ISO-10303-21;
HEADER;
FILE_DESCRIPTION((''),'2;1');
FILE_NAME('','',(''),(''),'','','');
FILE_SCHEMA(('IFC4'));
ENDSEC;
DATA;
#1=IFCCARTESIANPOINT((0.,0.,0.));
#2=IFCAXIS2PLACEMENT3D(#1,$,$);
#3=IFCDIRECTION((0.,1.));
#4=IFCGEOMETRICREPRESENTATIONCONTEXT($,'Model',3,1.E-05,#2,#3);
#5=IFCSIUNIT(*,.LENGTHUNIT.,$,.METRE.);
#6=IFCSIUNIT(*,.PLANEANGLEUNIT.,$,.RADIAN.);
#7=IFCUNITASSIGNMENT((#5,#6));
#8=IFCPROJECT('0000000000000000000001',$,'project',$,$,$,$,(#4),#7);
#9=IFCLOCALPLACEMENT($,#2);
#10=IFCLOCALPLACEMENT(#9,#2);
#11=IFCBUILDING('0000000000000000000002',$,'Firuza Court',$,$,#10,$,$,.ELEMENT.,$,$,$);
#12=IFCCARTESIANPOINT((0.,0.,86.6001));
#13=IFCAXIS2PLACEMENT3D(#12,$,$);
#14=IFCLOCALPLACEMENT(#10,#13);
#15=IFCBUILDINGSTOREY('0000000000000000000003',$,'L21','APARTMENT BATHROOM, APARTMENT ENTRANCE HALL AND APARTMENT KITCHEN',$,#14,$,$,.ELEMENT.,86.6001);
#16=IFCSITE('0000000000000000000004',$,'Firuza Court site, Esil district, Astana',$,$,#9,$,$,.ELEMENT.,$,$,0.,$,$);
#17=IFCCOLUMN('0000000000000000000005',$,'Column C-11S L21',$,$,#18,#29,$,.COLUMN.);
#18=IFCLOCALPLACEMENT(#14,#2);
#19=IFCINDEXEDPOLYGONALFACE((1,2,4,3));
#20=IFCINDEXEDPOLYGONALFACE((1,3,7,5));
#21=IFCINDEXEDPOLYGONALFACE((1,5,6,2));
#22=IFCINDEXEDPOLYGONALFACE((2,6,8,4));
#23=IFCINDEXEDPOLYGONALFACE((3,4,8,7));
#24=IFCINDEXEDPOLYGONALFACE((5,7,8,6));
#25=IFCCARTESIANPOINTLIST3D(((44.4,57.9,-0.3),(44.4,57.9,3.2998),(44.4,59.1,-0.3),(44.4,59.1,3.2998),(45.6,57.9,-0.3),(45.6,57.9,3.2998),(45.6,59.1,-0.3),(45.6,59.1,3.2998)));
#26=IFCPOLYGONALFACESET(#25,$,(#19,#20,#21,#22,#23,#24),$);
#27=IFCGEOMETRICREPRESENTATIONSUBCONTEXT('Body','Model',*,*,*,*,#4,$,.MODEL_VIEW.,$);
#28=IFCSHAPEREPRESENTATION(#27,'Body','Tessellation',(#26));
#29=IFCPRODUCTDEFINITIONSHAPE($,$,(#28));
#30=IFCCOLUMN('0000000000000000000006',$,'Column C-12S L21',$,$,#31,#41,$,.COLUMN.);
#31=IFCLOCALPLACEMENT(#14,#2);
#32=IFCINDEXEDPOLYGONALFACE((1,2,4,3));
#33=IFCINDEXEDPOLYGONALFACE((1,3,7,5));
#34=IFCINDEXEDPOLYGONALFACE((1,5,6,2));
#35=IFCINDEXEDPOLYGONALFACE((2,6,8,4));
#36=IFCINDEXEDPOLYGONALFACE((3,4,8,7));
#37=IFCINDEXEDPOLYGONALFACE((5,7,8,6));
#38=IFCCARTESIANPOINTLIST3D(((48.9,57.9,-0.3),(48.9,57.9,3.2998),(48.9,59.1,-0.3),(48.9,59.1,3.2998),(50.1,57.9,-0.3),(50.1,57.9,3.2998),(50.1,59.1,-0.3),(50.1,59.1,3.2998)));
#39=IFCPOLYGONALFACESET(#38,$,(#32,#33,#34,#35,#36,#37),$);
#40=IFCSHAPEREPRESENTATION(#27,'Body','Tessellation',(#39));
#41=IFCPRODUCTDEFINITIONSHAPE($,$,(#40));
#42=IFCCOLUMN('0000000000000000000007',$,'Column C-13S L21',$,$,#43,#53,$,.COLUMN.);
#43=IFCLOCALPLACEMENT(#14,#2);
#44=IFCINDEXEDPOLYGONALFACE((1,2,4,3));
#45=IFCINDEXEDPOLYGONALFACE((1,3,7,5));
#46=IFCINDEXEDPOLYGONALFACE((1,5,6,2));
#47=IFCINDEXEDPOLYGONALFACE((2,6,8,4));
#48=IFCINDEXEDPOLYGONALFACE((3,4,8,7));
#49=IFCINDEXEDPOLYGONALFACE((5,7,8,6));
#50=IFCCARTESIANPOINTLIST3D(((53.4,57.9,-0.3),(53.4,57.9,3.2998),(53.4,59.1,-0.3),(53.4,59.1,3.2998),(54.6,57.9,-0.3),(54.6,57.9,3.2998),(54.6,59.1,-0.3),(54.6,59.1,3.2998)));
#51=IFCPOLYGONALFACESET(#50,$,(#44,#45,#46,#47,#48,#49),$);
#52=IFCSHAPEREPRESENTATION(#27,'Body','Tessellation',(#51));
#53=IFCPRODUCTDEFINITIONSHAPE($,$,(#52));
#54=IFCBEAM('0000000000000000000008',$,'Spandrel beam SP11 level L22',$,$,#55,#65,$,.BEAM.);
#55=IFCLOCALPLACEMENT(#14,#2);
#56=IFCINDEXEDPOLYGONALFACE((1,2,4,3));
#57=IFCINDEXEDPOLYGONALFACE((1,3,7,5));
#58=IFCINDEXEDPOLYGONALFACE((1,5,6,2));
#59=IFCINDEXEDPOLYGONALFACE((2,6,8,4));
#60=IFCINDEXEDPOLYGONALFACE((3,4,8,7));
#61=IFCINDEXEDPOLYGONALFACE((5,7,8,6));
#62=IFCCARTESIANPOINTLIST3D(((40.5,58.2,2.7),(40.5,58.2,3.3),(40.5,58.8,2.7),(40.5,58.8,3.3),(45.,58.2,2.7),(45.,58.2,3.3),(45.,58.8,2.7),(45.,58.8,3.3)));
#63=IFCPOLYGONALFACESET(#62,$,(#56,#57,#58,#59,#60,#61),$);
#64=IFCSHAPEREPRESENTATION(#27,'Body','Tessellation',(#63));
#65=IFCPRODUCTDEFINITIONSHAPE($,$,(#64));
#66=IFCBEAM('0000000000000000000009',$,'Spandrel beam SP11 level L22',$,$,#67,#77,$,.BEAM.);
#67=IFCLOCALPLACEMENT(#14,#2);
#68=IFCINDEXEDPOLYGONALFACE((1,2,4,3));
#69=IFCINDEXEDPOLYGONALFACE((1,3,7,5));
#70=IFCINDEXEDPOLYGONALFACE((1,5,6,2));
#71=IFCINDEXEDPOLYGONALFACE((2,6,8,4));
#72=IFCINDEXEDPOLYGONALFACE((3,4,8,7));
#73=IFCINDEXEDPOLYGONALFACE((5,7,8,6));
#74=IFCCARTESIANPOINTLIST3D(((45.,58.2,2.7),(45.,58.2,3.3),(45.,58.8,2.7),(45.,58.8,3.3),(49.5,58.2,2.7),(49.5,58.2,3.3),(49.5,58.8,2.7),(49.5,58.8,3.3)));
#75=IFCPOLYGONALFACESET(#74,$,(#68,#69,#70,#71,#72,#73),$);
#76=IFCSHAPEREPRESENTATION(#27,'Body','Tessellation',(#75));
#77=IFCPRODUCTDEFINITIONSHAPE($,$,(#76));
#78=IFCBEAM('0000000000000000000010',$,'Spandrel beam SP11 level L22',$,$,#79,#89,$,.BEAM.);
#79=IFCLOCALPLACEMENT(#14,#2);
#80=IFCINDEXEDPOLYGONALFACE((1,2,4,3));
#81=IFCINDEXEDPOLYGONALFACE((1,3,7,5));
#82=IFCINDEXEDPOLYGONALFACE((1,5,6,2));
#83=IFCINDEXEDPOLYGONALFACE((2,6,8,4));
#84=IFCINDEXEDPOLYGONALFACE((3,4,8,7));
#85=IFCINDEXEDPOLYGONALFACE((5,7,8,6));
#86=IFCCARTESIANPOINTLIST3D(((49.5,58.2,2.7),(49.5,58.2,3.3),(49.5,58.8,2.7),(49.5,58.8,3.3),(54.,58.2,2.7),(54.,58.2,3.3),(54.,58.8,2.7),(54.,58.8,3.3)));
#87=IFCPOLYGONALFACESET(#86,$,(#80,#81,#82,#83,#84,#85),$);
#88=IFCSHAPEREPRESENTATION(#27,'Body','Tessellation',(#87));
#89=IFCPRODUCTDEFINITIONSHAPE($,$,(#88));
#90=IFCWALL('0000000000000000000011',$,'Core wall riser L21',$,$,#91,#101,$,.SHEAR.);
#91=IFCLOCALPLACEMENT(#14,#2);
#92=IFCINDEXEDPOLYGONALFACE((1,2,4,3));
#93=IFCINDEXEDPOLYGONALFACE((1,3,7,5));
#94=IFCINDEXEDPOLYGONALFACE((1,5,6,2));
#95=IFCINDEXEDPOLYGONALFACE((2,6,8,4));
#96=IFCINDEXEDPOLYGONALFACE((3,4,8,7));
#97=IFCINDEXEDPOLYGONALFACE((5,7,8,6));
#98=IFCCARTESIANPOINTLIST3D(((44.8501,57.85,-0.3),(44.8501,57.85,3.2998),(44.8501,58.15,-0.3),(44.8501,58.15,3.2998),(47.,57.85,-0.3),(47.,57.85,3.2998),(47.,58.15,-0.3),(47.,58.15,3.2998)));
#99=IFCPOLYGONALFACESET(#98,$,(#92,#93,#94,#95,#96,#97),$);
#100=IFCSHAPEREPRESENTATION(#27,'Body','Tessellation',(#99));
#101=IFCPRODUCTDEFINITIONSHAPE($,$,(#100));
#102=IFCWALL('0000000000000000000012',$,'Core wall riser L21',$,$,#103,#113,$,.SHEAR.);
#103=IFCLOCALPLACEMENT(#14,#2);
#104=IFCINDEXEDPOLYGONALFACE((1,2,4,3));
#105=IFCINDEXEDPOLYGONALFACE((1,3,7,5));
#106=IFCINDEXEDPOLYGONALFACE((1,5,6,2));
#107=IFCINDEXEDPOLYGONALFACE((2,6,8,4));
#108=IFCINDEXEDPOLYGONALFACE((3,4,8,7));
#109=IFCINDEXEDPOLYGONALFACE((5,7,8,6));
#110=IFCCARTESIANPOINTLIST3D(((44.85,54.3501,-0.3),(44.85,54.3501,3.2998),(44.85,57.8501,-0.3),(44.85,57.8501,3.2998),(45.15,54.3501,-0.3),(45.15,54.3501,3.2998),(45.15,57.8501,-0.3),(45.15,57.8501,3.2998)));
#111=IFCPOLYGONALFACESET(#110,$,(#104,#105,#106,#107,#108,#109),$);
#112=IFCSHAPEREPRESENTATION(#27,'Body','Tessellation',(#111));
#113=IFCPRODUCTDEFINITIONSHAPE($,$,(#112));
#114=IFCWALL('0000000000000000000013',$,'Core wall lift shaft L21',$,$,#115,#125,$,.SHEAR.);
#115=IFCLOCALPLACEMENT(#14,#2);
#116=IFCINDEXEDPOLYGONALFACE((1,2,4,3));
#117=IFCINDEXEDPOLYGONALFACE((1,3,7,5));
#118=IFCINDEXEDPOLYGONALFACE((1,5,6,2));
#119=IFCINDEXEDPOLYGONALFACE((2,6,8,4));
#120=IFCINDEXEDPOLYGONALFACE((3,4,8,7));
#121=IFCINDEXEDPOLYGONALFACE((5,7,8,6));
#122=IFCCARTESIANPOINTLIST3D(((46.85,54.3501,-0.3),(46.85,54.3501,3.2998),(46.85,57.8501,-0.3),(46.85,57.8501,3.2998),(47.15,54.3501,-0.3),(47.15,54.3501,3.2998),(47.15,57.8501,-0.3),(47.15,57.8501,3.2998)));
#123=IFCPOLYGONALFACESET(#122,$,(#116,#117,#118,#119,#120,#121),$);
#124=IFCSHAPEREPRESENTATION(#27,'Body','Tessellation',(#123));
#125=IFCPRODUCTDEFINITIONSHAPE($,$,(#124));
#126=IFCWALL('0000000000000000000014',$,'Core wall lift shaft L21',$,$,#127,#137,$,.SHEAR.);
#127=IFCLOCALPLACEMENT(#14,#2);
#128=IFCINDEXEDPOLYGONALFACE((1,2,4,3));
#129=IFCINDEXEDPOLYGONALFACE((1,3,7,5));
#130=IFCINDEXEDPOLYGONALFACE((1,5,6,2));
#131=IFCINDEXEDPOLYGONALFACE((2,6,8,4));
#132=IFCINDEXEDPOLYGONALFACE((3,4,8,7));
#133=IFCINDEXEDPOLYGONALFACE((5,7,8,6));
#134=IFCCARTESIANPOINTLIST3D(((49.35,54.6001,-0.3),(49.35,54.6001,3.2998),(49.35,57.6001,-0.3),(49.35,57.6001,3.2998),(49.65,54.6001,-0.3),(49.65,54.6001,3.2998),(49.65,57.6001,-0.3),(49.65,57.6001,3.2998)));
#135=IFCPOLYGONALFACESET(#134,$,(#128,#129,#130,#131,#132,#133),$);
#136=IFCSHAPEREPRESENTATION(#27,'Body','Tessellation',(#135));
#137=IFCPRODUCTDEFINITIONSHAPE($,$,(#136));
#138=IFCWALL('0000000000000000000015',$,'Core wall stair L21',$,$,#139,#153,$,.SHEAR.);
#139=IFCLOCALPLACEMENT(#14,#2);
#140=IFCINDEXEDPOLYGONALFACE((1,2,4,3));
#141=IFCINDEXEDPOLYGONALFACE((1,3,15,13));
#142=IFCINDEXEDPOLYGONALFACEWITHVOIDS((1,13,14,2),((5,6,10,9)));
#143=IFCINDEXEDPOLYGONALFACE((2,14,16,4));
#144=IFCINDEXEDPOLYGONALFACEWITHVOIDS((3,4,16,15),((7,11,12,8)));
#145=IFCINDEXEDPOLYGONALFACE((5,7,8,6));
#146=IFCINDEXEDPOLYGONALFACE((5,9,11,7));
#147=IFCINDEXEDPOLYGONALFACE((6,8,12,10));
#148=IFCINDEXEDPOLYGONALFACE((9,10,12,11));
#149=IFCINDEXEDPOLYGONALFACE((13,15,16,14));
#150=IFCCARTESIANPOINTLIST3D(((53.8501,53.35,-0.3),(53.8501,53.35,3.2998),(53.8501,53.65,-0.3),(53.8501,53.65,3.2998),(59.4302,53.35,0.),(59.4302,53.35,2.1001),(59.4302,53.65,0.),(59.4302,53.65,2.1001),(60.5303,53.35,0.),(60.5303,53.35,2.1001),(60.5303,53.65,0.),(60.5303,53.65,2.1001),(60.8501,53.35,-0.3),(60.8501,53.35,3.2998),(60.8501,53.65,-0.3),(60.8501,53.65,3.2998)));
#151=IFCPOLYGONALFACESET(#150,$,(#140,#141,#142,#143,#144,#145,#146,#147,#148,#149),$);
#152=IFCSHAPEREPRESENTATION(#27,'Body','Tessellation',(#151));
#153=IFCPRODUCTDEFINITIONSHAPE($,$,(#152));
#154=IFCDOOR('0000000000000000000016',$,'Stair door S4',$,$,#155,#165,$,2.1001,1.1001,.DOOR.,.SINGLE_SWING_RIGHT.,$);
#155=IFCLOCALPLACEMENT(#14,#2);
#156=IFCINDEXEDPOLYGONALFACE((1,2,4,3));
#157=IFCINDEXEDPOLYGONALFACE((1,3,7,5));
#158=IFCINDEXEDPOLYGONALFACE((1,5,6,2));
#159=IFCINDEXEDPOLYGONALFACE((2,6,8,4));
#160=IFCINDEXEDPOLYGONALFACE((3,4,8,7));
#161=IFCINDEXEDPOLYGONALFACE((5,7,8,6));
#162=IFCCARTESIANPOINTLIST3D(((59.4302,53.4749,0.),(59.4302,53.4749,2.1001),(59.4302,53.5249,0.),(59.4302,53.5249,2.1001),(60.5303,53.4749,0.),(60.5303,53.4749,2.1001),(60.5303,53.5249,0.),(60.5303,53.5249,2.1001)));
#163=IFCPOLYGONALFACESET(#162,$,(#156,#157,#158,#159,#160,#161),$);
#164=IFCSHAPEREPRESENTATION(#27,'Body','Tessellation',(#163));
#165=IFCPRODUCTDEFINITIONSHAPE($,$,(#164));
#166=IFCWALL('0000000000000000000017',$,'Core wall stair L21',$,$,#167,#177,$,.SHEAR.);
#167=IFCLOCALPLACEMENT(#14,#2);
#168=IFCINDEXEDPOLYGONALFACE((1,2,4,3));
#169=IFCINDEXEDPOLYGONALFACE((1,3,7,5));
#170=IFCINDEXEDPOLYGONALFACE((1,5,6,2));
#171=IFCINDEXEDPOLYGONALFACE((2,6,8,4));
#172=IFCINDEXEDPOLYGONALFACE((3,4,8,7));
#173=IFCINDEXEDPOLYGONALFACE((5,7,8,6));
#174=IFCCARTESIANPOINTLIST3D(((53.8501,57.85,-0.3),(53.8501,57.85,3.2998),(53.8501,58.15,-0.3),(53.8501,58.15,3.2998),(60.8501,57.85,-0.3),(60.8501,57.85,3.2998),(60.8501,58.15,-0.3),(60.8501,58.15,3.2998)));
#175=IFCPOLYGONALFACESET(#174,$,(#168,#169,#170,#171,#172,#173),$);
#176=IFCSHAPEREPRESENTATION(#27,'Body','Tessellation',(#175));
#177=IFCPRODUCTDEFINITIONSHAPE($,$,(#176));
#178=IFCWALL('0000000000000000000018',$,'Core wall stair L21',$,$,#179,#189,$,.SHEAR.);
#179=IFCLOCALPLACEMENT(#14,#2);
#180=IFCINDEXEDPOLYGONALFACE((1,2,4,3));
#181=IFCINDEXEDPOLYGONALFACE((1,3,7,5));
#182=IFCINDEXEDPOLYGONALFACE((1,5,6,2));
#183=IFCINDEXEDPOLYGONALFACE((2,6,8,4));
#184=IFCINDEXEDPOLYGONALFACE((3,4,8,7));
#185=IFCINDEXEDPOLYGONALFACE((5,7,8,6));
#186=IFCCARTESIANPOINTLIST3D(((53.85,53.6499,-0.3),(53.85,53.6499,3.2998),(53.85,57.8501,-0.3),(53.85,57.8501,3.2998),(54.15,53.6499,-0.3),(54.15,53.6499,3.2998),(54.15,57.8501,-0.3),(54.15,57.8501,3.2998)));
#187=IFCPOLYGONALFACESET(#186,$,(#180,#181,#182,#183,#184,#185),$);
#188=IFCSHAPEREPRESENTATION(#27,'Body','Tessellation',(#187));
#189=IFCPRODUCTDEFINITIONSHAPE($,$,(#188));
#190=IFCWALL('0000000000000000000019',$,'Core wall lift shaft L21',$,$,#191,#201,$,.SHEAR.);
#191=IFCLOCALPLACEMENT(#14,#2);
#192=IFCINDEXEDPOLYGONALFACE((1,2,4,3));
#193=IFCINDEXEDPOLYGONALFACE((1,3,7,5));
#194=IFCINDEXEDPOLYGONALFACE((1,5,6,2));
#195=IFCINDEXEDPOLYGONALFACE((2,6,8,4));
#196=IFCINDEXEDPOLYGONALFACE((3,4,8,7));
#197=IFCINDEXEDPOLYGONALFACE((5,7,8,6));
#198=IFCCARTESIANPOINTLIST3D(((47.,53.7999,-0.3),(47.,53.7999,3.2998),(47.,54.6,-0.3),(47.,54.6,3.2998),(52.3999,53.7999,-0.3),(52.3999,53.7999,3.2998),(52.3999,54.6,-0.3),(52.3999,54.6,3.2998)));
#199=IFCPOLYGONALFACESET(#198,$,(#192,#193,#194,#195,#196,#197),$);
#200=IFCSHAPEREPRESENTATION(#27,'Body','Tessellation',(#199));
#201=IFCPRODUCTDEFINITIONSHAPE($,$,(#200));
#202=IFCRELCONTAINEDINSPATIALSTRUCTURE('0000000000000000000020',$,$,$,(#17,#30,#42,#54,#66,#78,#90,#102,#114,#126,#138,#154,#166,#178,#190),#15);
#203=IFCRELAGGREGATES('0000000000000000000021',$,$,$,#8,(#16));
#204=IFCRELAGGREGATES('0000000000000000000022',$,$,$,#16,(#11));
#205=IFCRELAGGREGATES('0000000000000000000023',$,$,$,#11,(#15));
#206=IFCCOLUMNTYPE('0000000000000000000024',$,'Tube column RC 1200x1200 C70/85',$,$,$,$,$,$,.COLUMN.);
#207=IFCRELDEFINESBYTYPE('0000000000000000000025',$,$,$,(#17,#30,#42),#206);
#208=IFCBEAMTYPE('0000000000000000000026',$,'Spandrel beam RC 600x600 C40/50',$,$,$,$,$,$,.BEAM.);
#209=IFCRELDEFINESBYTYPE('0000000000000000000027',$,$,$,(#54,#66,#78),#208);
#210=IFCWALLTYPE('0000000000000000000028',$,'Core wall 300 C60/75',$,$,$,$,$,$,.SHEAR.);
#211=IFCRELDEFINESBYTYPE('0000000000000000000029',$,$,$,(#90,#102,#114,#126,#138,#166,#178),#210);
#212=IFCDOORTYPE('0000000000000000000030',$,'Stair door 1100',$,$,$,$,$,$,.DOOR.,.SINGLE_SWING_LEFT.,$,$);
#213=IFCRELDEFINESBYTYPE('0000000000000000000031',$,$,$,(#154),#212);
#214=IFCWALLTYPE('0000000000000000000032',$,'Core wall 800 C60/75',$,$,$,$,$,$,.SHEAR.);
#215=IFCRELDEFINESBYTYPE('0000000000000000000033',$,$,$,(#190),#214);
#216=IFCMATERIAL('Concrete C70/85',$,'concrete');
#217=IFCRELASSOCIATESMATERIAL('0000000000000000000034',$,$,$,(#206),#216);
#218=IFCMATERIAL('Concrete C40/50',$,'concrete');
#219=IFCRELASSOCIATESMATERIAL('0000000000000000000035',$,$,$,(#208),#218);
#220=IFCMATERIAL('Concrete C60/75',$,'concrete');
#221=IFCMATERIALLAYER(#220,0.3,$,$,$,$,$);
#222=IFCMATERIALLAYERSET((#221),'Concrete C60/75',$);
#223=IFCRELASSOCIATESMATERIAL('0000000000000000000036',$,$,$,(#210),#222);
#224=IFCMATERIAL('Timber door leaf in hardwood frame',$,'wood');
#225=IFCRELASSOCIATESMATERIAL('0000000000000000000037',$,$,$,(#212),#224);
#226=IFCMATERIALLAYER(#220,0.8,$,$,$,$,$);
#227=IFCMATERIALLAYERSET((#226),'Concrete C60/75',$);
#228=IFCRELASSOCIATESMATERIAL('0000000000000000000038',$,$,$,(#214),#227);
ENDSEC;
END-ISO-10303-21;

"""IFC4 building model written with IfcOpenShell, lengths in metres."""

from ifc_helpers import new_model, si_unit, direction, frame, frame_2d, origin, origin_2d, place, context, subcontext, project, spatial, rectangle, extrude, material, layer, layer_set, material_profile, profile_set, type_object, element, fill, save


model = new_model("IFC4")

# Units and contexts
model_context = context("Model", 3, precision=1e-05, world=origin(), true_north=direction((0.0, 1.0)))
body_context = subcontext(model_context, "Body", "Model", "MODEL_VIEW")
ifc_project = project(units=[si_unit("LENGTHUNIT", "METRE"), si_unit("PLANEANGLEUNIT", "RADIAN")], contexts=[model_context])

# Site, building, storey
site_placement = place(None, origin())
site = spatial("IfcSite", under=ifc_project, at=site_placement, Name="Firuza Court site, Esil district, Astana", CompositionType="ELEMENT", RefElevation=0.0)
building_placement = place(site_placement, origin())
building = spatial("IfcBuilding", under=site, at=building_placement, Name="Firuza Court", CompositionType="ELEMENT")
storey_placement = place(building_placement, frame((0.0, 0.0, 86.6001)))
storey = spatial("IfcBuildingStorey", under=building, at=storey_placement, Name="L21", Description="APARTMENT BATHROOM, APARTMENT ENTRANCE HALL AND APARTMENT KITCHEN", CompositionType="ELEMENT", Elevation=86.6001)

# Columns
ifc_material_1 = material(Name="Concrete C70/85", Category="concrete")
ifc_material_profile_1 = material_profile(ifc_material_1, rectangle(XDim=1.2, YDim=1.2, at=origin_2d()), Name="RC 1200x1200")
ifc_profile_set_1 = profile_set([ifc_material_profile_1], Name="Concrete C70/85")
column_type = type_object("IfcColumnType", Name="Tube column RC 1200x1200 C70/85", PredefinedType="COLUMN", material=ifc_profile_set_1)
for number, where, z_axis, x_axis, name in (
    (1, (45.0, 58.5, -0.3), (0.0, 0.0, 1.0), (1.0, 0.0, 0.0), "Column C-11S L21"),
    (2, (49.5, 58.5, -0.3), (0.0, 0.0, 1.0), (1.0, 0.0, 0.0), "Column C-12S L21"),
    (3, (54.0, 58.5, -0.3), (0.0, 0.0, 1.0), (1.0, 0.0, 0.0), "Column C-13S L21"),
):
    element("IfcColumn", number, at=place(storey_placement, frame(where, z_axis=z_axis, x_axis=x_axis)), inside=storey, type_object=column_type, Name=name, PredefinedType="COLUMN", context=body_context, shape_type="SweptSolid", body=[
        extrude(rectangle(XDim=1.2, YDim=1.2, at=origin_2d()), origin(), (0.0, 0.0, 1.0), 3.5999),
    ])

# Beams
ifc_material_2 = material(Name="Concrete C40/50", Category="concrete")
ifc_material_profile_2 = material_profile(ifc_material_2, rectangle(XDim=0.6001, YDim=0.6001, at=origin_2d()), Name="RC 600x600")
ifc_profile_set_2 = profile_set([ifc_material_profile_2], Name="Concrete C40/50")
beam_type = type_object("IfcBeamType", Name="Spandrel beam RC 600x600 C40/50", PredefinedType="BEAM", material=ifc_profile_set_2)
for number, where, z_axis, x_axis, name in (
    (4, (45.0, 58.5, 3.0), (-1.0, 0.0, 0.0), (0.0, -1.0, 0.0), "Spandrel beam SP11 level L22"),
    (5, (49.5, 58.5, 3.0), (-1.0, 0.0, 0.0), (0.0, -1.0, 0.0), "Spandrel beam SP11 level L22"),
    (6, (54.0, 58.5, 3.0), (-1.0, 0.0, 0.0), (0.0, -1.0, 0.0), "Spandrel beam SP11 level L22"),
):
    element("IfcBeam", number, at=place(storey_placement, frame(where, z_axis=z_axis, x_axis=x_axis)), inside=storey, type_object=beam_type, Name=name, PredefinedType="BEAM", context=body_context, shape_type="SweptSolid", body=[
        extrude(rectangle(XDim=0.6001, YDim=0.6001, at=origin_2d()), origin(), (0.0, 0.0, 1.0), 4.5),
    ])

# Walls
ifc_material_3 = material(Name="Concrete C60/75", Category="concrete")
ifc_layer_1 = layer(ifc_material_3, 0.3)
ifc_layer_set_1 = layer_set([ifc_layer_1], Name="Concrete C60/75")
wall_type_1 = type_object("IfcWallType", Name="Core wall 300 C60/75", PredefinedType="SHEAR", material=ifc_layer_set_1)
wall_1_placement = place(storey_placement, frame((44.8501, 58.0, -0.3), z_axis=(0.0, 0.0, 1.0), x_axis=(1.0, 0.0, 0.0)))
element("IfcWall", 7, at=wall_1_placement, inside=storey, type_object=wall_type_1, Name="Core wall riser L21", PredefinedType="SHEAR", context=body_context, shape_type="SweptSolid", body=[
    extrude(rectangle(XDim=2.1499, YDim=0.3, at=frame_2d((1.075, 0.0))), origin(), (0.0, 0.0, 1.0), 3.5999),
])
for number, where, z_axis, x_axis, name in (
    (8, (45.0, 54.3501, -0.3), (0.0, 0.0, 1.0), (0.0, 1.0, 0.0), "Core wall riser L21"),
    (9, (47.0, 54.3501, -0.3), (0.0, 0.0, 1.0), (0.0, 1.0, 0.0), "Core wall lift shaft L21"),
):
    element("IfcWall", number, at=place(storey_placement, frame(where, z_axis=z_axis, x_axis=x_axis)), inside=storey, type_object=wall_type_1, Name=name, PredefinedType="SHEAR", context=body_context, shape_type="SweptSolid", body=[
        extrude(rectangle(XDim=3.5, YDim=0.3, at=frame_2d((1.75, 0.0))), origin(), (0.0, 0.0, 1.0), 3.5999),
    ])
wall_2_placement = place(storey_placement, frame((49.5, 54.6001, -0.3), z_axis=(0.0, 0.0, 1.0), x_axis=(0.0, 1.0, 0.0)))
element("IfcWall", 10, at=wall_2_placement, inside=storey, type_object=wall_type_1, Name="Core wall lift shaft L21", PredefinedType="SHEAR", context=body_context, shape_type="SweptSolid", body=[
    extrude(rectangle(XDim=3.0, YDim=0.3, at=frame_2d((1.5, 0.0))), origin(), (0.0, 0.0, 1.0), 3.5999),
])

# Wall, opening, door
wall_3_placement = place(storey_placement, frame((53.8501, 53.5, -0.3), z_axis=(0.0, 0.0, 1.0), x_axis=(1.0, 0.0, 0.0)))
wall_3 = element("IfcWall", 11, at=wall_3_placement, inside=storey, type_object=wall_type_1, Name="Core wall stair L21", PredefinedType="SHEAR", context=body_context, shape_type="SweptSolid", body=[
    extrude(rectangle(XDim=7.0, YDim=0.3, at=frame_2d((3.5, 0.0))), origin(), (0.0, 0.0, 1.0), 3.5999),
])
opening_1_placement = place(wall_3_placement, frame((5.5801, 0.0, 0.3)))
opening_1 = element("IfcOpeningElement", 12, at=opening_1_placement, cuts=wall_3, PredefinedType="OPENING", context=body_context, shape_type="SweptSolid", body=[
    extrude(rectangle(XDim=1.1001, YDim=2.1001, at=frame_2d((0.55, 1.05))), frame((0.0, 0.1621, 0.0), z_axis=(0.0, -1.0, 0.0), x_axis=(1.0, 0.0, 0.0)), (0.0, 0.0, 1.0), 0.324),
])
ifc_material_4 = material(Name="Timber door leaf in hardwood frame", Category="wood")
door_type_1 = type_object("IfcDoorType", Name="Stair door 1100", OperationType="SINGLE_SWING_LEFT", PredefinedType="DOOR", material=ifc_material_4)
door_1_placement = place(opening_1_placement, origin())
door_1 = element("IfcDoor", 13, at=door_1_placement, inside=storey, type_object=door_type_1, Name="Stair door S4", OperationType="SINGLE_SWING_RIGHT", OverallHeight=2.1001, OverallWidth=1.1001, PredefinedType="DOOR", context=body_context, shape_type="SweptSolid", body=[
    extrude(rectangle(XDim=1.1001, YDim=2.1001, at=frame_2d((0.55, 1.05))), frame((0.0, 0.0249, 0.0), z_axis=(0.0, -1.0, 0.0), x_axis=(1.0, 0.0, 0.0)), (0.0, 0.0, 1.0), 0.05),
])
fill(opening_1, door_1)

# Walls
wall_4_placement = place(storey_placement, frame((53.8501, 58.0, -0.3), z_axis=(0.0, 0.0, 1.0), x_axis=(1.0, 0.0, 0.0)))
element("IfcWall", 14, at=wall_4_placement, inside=storey, type_object=wall_type_1, Name="Core wall stair L21", PredefinedType="SHEAR", context=body_context, shape_type="SweptSolid", body=[
    extrude(rectangle(XDim=7.0, YDim=0.3, at=frame_2d((3.5, 0.0))), origin(), (0.0, 0.0, 1.0), 3.5999),
])
wall_5_placement = place(storey_placement, frame((54.0, 53.6499, -0.3), z_axis=(0.0, 0.0, 1.0), x_axis=(0.0, 1.0, 0.0)))
element("IfcWall", 15, at=wall_5_placement, inside=storey, type_object=wall_type_1, Name="Core wall stair L21", PredefinedType="SHEAR", context=body_context, shape_type="SweptSolid", body=[
    extrude(rectangle(XDim=4.2002, YDim=0.3, at=frame_2d((2.1001, 0.0))), origin(), (0.0, 0.0, 1.0), 3.5999),
])
ifc_layer_2 = layer(ifc_material_3, 0.8)
ifc_layer_set_2 = layer_set([ifc_layer_2], Name="Concrete C60/75")
wall_type_2 = type_object("IfcWallType", Name="Core wall 800 C60/75", PredefinedType="SHEAR", material=ifc_layer_set_2)
for number, where, z_axis, x_axis, name in (
    (16, (47.0, 54.2, -0.3), (0.0, 0.0, 1.0), (1.0, 0.0, 0.0), "Core wall lift shaft L21"),
):
    element("IfcWall", number, at=place(storey_placement, frame(where, z_axis=z_axis, x_axis=x_axis)), inside=storey, type_object=wall_type_2, Name=name, PredefinedType="SHEAR", context=body_context, shape_type="SweptSolid", body=[
        extrude(rectangle(XDim=5.3999, YDim=0.8, at=frame_2d((2.7, 0.0))), origin(), (0.0, 0.0, 1.0), 3.5999),
    ])

save(model, "model.ifc")
